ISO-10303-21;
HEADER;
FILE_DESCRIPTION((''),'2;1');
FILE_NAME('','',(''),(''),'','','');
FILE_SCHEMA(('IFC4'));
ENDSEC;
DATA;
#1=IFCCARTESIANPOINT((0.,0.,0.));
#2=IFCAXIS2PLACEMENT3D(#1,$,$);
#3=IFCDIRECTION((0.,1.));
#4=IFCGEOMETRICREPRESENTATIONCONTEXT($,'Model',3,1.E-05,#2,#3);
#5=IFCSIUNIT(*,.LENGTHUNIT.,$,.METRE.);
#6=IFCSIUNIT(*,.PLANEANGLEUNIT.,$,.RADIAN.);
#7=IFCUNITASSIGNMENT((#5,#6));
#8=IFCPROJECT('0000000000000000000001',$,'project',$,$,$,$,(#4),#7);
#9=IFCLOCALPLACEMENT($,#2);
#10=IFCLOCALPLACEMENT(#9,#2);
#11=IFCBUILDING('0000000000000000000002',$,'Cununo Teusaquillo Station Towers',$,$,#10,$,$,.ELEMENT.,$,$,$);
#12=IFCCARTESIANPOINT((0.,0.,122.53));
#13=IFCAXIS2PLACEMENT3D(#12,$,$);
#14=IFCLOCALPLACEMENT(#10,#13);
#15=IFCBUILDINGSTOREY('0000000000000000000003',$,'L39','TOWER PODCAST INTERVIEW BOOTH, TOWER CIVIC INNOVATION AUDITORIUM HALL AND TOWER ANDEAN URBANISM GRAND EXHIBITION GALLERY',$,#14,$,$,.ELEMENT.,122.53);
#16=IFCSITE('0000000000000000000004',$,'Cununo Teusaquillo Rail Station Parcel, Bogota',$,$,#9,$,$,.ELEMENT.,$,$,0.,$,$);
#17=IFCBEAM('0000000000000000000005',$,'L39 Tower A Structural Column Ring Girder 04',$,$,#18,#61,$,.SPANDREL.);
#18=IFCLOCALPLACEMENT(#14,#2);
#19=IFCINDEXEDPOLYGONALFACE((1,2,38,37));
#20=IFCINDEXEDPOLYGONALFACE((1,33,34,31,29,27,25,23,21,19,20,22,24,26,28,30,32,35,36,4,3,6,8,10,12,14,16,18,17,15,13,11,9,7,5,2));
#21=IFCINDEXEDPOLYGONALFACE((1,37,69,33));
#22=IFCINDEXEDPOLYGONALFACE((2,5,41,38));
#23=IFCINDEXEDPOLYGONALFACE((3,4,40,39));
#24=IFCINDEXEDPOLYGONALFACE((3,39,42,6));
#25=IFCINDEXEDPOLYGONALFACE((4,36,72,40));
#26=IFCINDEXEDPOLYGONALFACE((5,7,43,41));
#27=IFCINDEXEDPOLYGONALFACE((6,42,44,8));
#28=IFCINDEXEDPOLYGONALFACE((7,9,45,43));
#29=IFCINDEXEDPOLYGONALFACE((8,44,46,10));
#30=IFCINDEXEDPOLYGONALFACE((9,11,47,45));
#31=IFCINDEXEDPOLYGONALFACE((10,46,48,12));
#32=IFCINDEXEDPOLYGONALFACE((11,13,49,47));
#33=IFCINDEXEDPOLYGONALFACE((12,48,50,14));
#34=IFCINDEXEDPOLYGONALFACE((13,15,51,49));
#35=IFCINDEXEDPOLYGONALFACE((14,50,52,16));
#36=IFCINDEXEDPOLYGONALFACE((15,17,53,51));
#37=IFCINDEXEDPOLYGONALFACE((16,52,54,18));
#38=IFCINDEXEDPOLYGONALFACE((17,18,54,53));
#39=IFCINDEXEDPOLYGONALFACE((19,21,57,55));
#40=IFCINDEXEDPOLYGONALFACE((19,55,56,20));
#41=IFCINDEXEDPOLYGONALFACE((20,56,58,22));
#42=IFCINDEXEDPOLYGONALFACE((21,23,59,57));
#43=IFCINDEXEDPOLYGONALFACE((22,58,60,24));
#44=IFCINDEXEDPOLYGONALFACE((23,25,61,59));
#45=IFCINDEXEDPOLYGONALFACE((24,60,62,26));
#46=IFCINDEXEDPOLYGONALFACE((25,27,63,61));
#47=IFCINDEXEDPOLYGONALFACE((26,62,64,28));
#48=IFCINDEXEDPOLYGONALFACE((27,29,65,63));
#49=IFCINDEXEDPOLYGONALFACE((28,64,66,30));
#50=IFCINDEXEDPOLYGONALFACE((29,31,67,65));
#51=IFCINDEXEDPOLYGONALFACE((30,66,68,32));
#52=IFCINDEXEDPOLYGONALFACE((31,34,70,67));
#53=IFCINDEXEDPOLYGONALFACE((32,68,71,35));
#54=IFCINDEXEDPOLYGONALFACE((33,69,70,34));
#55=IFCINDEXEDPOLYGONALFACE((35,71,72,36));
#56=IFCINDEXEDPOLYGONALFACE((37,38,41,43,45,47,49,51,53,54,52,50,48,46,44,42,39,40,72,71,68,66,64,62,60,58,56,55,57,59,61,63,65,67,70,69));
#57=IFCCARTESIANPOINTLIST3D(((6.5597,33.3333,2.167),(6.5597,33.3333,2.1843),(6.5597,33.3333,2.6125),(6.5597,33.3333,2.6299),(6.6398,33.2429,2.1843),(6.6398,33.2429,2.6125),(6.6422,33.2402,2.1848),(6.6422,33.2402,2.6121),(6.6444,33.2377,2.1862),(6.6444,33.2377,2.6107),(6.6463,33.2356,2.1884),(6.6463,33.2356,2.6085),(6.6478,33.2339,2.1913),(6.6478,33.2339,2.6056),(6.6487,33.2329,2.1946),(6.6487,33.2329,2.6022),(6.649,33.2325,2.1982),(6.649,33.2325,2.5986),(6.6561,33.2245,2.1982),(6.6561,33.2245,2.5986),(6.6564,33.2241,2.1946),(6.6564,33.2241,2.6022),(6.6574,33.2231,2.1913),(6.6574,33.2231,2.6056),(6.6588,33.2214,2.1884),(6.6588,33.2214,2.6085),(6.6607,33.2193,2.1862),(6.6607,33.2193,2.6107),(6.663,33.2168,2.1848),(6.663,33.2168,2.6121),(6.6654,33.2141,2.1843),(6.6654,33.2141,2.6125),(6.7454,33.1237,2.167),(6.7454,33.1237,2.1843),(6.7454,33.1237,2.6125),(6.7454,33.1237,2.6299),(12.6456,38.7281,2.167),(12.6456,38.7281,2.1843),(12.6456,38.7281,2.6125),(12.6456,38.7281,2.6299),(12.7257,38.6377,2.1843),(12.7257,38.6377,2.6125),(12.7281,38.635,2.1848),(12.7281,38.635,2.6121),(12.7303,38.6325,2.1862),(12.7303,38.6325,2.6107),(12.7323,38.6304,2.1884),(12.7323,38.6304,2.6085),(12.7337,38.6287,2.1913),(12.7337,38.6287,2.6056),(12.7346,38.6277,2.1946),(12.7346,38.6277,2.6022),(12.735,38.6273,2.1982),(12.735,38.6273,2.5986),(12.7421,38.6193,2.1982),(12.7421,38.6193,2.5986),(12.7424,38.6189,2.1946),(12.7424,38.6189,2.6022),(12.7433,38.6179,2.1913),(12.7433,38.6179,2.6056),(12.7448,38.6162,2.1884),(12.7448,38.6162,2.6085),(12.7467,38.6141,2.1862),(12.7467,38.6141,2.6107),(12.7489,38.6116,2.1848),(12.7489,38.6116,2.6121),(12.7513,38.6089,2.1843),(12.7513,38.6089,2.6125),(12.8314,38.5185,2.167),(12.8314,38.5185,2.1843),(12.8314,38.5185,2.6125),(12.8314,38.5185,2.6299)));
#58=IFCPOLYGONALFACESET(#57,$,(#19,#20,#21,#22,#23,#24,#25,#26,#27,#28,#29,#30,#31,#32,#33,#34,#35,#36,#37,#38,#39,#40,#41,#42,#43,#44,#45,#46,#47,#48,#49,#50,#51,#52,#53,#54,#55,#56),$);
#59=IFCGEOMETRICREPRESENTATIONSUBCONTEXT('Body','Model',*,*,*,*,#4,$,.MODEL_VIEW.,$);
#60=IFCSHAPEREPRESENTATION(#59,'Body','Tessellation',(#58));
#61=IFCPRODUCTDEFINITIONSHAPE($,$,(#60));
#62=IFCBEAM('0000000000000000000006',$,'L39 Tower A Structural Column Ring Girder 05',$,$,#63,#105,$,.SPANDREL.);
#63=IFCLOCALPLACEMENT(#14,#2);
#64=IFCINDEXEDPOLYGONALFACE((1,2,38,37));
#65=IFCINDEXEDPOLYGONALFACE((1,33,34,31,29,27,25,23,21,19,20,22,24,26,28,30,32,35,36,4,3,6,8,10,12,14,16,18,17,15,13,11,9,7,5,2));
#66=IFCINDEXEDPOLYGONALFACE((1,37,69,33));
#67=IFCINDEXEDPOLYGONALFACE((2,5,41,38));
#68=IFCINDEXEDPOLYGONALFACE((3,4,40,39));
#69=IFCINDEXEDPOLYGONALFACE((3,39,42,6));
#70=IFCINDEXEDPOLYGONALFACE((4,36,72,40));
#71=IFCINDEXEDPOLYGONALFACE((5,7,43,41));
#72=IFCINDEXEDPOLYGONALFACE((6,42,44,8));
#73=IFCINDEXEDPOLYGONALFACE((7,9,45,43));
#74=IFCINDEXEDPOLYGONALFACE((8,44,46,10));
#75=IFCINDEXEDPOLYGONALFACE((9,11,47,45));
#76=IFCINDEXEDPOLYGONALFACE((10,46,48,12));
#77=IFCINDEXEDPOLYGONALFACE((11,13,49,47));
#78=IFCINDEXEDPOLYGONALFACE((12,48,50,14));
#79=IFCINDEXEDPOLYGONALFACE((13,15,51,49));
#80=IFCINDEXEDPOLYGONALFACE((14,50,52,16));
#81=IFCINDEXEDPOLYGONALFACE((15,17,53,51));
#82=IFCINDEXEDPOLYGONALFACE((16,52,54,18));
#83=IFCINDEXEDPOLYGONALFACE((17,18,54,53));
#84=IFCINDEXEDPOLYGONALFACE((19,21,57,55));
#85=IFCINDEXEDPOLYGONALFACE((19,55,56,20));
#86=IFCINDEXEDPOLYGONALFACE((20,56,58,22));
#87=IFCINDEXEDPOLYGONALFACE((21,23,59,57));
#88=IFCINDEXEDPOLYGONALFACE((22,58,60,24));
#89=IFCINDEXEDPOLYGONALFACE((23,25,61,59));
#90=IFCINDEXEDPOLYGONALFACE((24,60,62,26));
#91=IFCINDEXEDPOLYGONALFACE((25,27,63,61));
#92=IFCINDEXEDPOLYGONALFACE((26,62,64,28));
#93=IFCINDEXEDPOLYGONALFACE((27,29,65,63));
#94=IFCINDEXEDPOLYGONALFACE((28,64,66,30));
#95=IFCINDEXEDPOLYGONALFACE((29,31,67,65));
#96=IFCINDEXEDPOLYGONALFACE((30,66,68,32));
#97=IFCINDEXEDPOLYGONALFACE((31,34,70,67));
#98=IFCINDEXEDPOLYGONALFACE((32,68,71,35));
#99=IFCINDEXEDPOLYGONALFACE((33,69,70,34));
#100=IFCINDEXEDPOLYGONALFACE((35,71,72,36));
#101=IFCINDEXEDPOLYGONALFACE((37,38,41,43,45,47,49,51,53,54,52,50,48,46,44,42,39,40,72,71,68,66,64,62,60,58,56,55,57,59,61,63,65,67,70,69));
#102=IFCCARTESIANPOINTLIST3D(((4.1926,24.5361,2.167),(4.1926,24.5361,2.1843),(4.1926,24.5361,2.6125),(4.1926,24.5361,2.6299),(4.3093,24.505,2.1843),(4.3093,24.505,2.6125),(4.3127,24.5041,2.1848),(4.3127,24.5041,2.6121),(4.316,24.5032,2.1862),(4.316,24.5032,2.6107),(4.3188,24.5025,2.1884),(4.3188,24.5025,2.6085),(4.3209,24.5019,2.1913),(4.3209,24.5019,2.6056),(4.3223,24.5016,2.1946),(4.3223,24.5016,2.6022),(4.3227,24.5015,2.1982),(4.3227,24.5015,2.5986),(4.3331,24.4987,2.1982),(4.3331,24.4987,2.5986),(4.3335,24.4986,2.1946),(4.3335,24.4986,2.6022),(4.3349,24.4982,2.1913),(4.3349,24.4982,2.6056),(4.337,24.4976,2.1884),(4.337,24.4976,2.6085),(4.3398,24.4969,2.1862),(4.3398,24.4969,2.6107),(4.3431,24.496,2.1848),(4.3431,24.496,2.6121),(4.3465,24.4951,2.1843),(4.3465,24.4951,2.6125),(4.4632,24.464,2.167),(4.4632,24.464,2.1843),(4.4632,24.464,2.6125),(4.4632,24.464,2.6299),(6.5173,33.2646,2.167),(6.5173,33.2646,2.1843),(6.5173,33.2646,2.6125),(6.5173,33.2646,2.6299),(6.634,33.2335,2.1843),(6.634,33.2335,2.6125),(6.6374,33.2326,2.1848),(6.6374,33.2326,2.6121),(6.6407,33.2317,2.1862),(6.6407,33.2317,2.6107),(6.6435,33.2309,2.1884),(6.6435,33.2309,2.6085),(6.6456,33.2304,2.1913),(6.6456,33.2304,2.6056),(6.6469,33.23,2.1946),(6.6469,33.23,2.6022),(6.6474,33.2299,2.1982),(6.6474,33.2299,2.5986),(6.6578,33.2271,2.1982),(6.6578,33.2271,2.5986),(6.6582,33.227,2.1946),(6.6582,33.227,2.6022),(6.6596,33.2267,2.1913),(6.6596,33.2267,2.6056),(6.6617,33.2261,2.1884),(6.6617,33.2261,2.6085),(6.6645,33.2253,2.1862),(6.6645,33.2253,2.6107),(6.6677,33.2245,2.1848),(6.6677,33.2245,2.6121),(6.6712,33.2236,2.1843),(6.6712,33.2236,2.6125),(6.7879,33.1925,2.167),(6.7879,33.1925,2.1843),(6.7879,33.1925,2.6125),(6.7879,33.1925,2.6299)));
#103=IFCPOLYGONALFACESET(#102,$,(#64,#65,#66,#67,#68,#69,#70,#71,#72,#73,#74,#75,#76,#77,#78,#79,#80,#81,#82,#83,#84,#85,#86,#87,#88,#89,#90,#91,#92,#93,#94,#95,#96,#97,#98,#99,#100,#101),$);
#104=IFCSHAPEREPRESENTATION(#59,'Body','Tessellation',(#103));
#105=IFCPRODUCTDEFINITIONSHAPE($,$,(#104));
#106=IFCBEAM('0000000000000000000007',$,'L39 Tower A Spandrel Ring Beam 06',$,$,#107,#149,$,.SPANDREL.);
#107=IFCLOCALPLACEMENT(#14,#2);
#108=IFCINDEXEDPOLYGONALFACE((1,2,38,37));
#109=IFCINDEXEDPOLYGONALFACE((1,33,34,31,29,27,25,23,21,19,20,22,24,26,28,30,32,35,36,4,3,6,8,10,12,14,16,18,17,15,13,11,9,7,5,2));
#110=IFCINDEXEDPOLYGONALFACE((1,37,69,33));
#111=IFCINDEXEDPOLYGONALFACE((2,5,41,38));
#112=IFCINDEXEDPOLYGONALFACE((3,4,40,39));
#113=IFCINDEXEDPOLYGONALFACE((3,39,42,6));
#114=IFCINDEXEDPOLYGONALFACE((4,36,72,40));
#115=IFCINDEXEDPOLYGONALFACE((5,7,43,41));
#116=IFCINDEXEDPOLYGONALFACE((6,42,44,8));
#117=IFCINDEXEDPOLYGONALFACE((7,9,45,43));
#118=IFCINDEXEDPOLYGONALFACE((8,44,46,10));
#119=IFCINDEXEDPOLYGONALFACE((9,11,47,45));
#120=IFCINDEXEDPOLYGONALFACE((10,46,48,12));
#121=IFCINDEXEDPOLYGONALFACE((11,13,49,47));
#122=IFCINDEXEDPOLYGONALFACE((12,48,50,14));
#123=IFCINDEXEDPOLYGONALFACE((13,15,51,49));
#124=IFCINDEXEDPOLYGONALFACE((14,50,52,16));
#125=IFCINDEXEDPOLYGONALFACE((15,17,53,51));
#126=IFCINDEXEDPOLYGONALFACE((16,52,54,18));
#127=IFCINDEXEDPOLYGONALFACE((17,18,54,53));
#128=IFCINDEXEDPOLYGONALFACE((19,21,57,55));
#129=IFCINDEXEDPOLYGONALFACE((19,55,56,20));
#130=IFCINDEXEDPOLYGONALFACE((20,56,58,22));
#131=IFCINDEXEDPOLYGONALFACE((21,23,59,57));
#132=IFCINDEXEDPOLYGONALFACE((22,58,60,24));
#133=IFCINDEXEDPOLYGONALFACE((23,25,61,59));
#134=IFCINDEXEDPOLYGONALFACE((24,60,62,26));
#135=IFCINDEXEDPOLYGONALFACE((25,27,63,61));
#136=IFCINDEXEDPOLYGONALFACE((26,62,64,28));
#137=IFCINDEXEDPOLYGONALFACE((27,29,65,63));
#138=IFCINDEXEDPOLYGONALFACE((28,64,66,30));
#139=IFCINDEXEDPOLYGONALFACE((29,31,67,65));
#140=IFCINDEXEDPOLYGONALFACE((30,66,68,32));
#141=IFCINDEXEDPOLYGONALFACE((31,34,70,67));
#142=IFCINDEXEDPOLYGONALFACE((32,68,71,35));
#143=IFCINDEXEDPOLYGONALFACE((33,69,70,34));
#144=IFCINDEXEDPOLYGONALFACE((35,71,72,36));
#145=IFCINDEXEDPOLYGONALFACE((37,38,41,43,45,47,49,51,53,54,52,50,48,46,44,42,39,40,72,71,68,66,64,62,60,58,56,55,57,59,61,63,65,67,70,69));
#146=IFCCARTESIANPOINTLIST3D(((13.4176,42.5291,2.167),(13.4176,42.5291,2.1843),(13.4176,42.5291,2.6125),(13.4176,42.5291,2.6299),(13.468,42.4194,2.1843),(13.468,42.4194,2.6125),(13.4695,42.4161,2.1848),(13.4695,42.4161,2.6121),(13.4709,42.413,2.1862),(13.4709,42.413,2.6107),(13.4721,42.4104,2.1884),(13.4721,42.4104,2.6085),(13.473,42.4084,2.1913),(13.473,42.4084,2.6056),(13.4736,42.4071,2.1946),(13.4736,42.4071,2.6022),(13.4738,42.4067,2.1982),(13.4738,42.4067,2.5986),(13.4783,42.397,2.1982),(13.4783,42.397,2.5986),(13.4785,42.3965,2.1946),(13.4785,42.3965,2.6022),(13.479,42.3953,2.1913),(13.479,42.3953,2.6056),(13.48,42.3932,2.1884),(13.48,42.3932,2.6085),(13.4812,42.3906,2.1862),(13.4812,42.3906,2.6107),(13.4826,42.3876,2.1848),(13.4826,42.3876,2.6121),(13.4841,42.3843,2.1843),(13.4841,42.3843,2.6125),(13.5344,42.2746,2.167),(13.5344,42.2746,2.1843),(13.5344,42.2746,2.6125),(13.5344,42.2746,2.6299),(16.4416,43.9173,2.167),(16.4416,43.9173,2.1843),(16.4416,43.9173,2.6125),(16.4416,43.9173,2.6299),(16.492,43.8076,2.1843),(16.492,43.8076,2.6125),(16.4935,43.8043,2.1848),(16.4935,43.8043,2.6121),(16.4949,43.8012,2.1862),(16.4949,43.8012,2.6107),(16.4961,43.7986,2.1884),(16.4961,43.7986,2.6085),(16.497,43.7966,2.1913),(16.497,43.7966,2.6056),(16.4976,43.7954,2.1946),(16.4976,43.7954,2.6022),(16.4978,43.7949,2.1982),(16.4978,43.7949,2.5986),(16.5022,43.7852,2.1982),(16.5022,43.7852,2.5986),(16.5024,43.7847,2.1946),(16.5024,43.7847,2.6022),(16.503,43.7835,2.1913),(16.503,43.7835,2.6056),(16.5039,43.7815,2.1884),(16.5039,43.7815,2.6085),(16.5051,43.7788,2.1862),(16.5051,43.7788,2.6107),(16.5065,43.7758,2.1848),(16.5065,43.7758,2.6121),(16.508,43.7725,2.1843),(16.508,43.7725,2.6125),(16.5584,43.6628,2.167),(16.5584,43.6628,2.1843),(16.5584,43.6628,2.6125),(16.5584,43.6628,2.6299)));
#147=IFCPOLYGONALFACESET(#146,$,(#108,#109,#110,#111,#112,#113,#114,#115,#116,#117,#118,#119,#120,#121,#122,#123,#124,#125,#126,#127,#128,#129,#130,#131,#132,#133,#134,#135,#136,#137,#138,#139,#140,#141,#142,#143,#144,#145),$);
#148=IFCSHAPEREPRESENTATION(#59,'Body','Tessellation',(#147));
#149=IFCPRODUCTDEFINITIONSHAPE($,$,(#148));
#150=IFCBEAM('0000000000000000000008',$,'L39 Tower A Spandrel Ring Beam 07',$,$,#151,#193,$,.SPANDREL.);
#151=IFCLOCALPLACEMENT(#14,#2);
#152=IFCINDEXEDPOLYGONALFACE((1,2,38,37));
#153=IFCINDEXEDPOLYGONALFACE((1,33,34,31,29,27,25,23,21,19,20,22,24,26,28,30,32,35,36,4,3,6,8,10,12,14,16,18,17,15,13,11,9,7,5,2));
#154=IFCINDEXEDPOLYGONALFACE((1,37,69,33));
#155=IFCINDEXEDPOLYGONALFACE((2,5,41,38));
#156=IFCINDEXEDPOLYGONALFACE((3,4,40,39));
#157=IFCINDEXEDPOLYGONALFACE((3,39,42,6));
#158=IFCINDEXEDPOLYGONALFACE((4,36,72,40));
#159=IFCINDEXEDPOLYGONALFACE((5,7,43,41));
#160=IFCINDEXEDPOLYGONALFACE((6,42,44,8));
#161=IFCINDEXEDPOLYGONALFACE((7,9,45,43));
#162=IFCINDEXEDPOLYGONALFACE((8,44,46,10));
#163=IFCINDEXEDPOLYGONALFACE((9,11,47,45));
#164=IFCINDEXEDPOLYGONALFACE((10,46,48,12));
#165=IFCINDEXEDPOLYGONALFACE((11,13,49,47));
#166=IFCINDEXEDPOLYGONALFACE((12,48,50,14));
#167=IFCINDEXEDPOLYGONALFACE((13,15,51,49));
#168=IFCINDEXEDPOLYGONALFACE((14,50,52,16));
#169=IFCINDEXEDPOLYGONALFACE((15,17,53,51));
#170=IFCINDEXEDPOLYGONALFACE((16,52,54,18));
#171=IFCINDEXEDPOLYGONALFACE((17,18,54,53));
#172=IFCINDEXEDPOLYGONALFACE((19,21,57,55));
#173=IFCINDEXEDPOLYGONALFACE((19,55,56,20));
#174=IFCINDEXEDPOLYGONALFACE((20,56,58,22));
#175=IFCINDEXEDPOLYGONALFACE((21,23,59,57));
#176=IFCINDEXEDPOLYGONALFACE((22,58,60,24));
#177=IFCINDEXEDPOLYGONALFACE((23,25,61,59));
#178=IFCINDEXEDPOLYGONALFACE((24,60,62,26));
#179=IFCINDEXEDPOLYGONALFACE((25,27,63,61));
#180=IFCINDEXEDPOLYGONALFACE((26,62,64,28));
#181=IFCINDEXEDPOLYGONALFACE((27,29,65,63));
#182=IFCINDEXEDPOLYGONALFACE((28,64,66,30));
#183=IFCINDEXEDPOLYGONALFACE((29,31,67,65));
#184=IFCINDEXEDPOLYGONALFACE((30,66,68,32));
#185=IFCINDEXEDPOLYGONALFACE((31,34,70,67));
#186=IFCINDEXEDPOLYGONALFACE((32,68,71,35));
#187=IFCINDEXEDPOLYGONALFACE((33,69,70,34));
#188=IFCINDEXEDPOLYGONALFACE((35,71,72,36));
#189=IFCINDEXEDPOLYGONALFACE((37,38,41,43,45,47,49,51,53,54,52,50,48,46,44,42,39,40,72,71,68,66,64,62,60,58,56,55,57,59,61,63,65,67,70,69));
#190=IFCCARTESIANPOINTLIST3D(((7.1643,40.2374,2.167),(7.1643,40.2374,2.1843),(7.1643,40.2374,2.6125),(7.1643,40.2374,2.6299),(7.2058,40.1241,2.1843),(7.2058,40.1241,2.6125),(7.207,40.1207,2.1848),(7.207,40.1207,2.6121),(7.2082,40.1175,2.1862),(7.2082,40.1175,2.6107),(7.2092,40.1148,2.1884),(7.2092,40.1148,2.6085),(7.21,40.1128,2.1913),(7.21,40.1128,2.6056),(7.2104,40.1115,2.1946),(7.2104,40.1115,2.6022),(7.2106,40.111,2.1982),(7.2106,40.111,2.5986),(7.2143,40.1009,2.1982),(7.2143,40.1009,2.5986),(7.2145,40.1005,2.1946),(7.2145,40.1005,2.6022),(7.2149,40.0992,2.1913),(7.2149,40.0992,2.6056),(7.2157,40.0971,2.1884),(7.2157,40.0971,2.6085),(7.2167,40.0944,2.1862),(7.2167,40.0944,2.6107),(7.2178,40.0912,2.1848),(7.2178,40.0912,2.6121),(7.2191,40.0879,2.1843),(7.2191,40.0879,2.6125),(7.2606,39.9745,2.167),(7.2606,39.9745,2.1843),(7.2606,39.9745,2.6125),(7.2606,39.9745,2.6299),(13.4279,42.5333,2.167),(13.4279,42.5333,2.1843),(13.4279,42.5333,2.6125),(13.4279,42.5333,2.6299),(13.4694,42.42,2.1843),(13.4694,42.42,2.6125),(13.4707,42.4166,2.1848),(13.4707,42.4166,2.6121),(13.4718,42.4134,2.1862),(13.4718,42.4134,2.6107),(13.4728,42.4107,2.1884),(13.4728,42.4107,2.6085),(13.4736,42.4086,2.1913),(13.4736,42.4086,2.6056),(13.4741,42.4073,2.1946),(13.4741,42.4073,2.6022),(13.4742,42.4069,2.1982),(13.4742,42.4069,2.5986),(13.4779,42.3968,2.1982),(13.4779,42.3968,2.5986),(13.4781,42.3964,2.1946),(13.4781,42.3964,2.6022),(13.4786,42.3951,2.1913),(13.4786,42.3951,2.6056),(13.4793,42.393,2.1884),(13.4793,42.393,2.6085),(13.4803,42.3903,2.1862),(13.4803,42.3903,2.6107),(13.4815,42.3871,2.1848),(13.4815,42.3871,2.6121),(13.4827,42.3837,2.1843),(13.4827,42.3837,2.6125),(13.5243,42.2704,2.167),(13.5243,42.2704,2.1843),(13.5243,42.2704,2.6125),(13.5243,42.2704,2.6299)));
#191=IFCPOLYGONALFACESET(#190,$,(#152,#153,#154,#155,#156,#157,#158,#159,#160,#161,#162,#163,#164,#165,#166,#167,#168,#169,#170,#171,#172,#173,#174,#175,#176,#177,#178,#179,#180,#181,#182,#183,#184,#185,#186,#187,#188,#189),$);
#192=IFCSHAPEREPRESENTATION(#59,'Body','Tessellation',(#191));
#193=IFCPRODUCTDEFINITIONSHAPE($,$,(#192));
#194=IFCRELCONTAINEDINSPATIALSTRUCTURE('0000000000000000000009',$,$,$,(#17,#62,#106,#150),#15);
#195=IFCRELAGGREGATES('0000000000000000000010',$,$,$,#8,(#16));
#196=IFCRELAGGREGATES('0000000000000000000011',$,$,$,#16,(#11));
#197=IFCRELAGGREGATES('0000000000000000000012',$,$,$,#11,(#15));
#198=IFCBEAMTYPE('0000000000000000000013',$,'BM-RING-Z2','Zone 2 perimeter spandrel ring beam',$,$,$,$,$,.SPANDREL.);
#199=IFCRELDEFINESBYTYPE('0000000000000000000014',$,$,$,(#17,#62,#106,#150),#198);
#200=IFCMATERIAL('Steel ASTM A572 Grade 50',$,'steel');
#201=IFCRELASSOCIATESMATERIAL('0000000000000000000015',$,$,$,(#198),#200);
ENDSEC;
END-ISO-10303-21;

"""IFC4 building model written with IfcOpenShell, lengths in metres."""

from ifc_helpers import new_model, si_unit, direction, frame, origin, origin_2d, place, context, subcontext, project, spatial, i_section, extrude, material, material_profile, profile_set, type_object, element, save


model = new_model("IFC4")

# Units and contexts
model_context = context("Model", 3, precision=1e-05, world=origin(), true_north=direction((0.0, 1.0)))
body_context = subcontext(model_context, "Body", "Model", "MODEL_VIEW")
ifc_project = project(units=[si_unit("LENGTHUNIT", "METRE"), si_unit("PLANEANGLEUNIT", "RADIAN")], contexts=[model_context])

# Site, building, storey
site_placement = place(None, origin())
site = spatial("IfcSite", under=ifc_project, at=site_placement, Name="Cununo Teusaquillo Rail Station Parcel, Bogota", CompositionType="ELEMENT", RefElevation=0.0)
building_placement = place(site_placement, origin())
building = spatial("IfcBuilding", under=site, at=building_placement, Name="Cununo Teusaquillo Station Towers", CompositionType="ELEMENT")
storey_placement = place(building_placement, frame((0.0, 0.0, 122.53)))
storey = spatial("IfcBuildingStorey", under=building, at=storey_placement, Name="L39", Description="TOWER PODCAST INTERVIEW BOOTH, TOWER CIVIC INNOVATION AUDITORIUM HALL AND TOWER ANDEAN URBANISM GRAND EXHIBITION GALLERY", CompositionType="ELEMENT", Elevation=122.53)

# Beams
ifc_material_1 = material(Name="Steel ASTM A572 Grade 50", Category="steel")
ifc_material_profile_1 = material_profile(ifc_material_1, i_section(OverallWidth=0.28, OverallDepth=0.4629, WebThickness=0.0107, FlangeThickness=0.0173, FilletRadius=0.0139, at=origin_2d()), Name="W18X76")
ifc_profile_set_1 = profile_set([ifc_material_profile_1], Name="Steel ASTM A572 Grade 50")
beam_type_1 = type_object("IfcBeamType", Name="BM-RING-Z2", Description="Zone 2 perimeter spandrel ring beam", PredefinedType="SPANDREL", material=ifc_profile_set_1)
beam_1_placement = place(storey_placement, frame((12.7385, 38.6233, 2.3984), z_axis=(-0.748321, -0.663337, 0.0), x_axis=(0.663337, -0.748321, 0.0)))
element("IfcBeam", 1, at=beam_1_placement, inside=storey, type_object=beam_type_1, Name="L39 Tower A Structural Column Ring Girder 04", PredefinedType="SPANDREL", context=body_context, shape_type="SweptSolid", body=[
    extrude(i_section(OverallWidth=0.28, OverallDepth=0.4629, WebThickness=0.0107, FlangeThickness=0.0173, FilletRadius=0.0139, at=origin_2d()), origin(), (0.0, 0.0, 1.0), 8.1328),
])
beam_2_placement = place(storey_placement, frame((6.6526, 33.2285, 2.3984), z_axis=(-0.257363, -0.966315, 0.0), x_axis=(0.966315, -0.257363, 0.0)))
element("IfcBeam", 2, at=beam_2_placement, inside=storey, type_object=beam_type_1, Name="L39 Tower A Structural Column Ring Girder 05", PredefinedType="SPANDREL", context=body_context, shape_type="SweptSolid", body=[
    extrude(i_section(OverallWidth=0.28, OverallDepth=0.4629, WebThickness=0.0107, FlangeThickness=0.0173, FilletRadius=0.0139, at=origin_2d()), origin(), (0.0, 0.0, 1.0), 9.0327),
])
beam_3_placement = place(storey_placement, frame((16.5, 43.79, 2.3984), z_axis=(-0.908812, -0.417205, 0.0), x_axis=(0.417205, -0.908812, 0.0)))
element("IfcBeam", 3, at=beam_3_placement, inside=storey, type_object=beam_type_1, Name="L39 Tower A Spandrel Ring Beam 06", PredefinedType="SPANDREL", context=body_context, shape_type="SweptSolid", body=[
    extrude(i_section(OverallWidth=0.28, OverallDepth=0.4629, WebThickness=0.0107, FlangeThickness=0.0173, FilletRadius=0.0139, at=origin_2d()), origin(), (0.0, 0.0, 1.0), 3.3274),
])
beam_4_placement = place(storey_placement, frame((13.4761, 42.4019, 2.3984), z_axis=(-0.938914, -0.344151, 0.0), x_axis=(0.344151, -0.938914, 0.0)))
element("IfcBeam", 4, at=beam_4_placement, inside=storey, type_object=beam_type_1, Name="L39 Tower A Spandrel Ring Beam 07", PredefinedType="SPANDREL", context=body_context, shape_type="SweptSolid", body=[
    extrude(i_section(OverallWidth=0.28, OverallDepth=0.4629, WebThickness=0.0107, FlangeThickness=0.0173, FilletRadius=0.0139, at=origin_2d()), origin(), (0.0, 0.0, 1.0), 6.6711),
])

save(model, "model.ifc")
